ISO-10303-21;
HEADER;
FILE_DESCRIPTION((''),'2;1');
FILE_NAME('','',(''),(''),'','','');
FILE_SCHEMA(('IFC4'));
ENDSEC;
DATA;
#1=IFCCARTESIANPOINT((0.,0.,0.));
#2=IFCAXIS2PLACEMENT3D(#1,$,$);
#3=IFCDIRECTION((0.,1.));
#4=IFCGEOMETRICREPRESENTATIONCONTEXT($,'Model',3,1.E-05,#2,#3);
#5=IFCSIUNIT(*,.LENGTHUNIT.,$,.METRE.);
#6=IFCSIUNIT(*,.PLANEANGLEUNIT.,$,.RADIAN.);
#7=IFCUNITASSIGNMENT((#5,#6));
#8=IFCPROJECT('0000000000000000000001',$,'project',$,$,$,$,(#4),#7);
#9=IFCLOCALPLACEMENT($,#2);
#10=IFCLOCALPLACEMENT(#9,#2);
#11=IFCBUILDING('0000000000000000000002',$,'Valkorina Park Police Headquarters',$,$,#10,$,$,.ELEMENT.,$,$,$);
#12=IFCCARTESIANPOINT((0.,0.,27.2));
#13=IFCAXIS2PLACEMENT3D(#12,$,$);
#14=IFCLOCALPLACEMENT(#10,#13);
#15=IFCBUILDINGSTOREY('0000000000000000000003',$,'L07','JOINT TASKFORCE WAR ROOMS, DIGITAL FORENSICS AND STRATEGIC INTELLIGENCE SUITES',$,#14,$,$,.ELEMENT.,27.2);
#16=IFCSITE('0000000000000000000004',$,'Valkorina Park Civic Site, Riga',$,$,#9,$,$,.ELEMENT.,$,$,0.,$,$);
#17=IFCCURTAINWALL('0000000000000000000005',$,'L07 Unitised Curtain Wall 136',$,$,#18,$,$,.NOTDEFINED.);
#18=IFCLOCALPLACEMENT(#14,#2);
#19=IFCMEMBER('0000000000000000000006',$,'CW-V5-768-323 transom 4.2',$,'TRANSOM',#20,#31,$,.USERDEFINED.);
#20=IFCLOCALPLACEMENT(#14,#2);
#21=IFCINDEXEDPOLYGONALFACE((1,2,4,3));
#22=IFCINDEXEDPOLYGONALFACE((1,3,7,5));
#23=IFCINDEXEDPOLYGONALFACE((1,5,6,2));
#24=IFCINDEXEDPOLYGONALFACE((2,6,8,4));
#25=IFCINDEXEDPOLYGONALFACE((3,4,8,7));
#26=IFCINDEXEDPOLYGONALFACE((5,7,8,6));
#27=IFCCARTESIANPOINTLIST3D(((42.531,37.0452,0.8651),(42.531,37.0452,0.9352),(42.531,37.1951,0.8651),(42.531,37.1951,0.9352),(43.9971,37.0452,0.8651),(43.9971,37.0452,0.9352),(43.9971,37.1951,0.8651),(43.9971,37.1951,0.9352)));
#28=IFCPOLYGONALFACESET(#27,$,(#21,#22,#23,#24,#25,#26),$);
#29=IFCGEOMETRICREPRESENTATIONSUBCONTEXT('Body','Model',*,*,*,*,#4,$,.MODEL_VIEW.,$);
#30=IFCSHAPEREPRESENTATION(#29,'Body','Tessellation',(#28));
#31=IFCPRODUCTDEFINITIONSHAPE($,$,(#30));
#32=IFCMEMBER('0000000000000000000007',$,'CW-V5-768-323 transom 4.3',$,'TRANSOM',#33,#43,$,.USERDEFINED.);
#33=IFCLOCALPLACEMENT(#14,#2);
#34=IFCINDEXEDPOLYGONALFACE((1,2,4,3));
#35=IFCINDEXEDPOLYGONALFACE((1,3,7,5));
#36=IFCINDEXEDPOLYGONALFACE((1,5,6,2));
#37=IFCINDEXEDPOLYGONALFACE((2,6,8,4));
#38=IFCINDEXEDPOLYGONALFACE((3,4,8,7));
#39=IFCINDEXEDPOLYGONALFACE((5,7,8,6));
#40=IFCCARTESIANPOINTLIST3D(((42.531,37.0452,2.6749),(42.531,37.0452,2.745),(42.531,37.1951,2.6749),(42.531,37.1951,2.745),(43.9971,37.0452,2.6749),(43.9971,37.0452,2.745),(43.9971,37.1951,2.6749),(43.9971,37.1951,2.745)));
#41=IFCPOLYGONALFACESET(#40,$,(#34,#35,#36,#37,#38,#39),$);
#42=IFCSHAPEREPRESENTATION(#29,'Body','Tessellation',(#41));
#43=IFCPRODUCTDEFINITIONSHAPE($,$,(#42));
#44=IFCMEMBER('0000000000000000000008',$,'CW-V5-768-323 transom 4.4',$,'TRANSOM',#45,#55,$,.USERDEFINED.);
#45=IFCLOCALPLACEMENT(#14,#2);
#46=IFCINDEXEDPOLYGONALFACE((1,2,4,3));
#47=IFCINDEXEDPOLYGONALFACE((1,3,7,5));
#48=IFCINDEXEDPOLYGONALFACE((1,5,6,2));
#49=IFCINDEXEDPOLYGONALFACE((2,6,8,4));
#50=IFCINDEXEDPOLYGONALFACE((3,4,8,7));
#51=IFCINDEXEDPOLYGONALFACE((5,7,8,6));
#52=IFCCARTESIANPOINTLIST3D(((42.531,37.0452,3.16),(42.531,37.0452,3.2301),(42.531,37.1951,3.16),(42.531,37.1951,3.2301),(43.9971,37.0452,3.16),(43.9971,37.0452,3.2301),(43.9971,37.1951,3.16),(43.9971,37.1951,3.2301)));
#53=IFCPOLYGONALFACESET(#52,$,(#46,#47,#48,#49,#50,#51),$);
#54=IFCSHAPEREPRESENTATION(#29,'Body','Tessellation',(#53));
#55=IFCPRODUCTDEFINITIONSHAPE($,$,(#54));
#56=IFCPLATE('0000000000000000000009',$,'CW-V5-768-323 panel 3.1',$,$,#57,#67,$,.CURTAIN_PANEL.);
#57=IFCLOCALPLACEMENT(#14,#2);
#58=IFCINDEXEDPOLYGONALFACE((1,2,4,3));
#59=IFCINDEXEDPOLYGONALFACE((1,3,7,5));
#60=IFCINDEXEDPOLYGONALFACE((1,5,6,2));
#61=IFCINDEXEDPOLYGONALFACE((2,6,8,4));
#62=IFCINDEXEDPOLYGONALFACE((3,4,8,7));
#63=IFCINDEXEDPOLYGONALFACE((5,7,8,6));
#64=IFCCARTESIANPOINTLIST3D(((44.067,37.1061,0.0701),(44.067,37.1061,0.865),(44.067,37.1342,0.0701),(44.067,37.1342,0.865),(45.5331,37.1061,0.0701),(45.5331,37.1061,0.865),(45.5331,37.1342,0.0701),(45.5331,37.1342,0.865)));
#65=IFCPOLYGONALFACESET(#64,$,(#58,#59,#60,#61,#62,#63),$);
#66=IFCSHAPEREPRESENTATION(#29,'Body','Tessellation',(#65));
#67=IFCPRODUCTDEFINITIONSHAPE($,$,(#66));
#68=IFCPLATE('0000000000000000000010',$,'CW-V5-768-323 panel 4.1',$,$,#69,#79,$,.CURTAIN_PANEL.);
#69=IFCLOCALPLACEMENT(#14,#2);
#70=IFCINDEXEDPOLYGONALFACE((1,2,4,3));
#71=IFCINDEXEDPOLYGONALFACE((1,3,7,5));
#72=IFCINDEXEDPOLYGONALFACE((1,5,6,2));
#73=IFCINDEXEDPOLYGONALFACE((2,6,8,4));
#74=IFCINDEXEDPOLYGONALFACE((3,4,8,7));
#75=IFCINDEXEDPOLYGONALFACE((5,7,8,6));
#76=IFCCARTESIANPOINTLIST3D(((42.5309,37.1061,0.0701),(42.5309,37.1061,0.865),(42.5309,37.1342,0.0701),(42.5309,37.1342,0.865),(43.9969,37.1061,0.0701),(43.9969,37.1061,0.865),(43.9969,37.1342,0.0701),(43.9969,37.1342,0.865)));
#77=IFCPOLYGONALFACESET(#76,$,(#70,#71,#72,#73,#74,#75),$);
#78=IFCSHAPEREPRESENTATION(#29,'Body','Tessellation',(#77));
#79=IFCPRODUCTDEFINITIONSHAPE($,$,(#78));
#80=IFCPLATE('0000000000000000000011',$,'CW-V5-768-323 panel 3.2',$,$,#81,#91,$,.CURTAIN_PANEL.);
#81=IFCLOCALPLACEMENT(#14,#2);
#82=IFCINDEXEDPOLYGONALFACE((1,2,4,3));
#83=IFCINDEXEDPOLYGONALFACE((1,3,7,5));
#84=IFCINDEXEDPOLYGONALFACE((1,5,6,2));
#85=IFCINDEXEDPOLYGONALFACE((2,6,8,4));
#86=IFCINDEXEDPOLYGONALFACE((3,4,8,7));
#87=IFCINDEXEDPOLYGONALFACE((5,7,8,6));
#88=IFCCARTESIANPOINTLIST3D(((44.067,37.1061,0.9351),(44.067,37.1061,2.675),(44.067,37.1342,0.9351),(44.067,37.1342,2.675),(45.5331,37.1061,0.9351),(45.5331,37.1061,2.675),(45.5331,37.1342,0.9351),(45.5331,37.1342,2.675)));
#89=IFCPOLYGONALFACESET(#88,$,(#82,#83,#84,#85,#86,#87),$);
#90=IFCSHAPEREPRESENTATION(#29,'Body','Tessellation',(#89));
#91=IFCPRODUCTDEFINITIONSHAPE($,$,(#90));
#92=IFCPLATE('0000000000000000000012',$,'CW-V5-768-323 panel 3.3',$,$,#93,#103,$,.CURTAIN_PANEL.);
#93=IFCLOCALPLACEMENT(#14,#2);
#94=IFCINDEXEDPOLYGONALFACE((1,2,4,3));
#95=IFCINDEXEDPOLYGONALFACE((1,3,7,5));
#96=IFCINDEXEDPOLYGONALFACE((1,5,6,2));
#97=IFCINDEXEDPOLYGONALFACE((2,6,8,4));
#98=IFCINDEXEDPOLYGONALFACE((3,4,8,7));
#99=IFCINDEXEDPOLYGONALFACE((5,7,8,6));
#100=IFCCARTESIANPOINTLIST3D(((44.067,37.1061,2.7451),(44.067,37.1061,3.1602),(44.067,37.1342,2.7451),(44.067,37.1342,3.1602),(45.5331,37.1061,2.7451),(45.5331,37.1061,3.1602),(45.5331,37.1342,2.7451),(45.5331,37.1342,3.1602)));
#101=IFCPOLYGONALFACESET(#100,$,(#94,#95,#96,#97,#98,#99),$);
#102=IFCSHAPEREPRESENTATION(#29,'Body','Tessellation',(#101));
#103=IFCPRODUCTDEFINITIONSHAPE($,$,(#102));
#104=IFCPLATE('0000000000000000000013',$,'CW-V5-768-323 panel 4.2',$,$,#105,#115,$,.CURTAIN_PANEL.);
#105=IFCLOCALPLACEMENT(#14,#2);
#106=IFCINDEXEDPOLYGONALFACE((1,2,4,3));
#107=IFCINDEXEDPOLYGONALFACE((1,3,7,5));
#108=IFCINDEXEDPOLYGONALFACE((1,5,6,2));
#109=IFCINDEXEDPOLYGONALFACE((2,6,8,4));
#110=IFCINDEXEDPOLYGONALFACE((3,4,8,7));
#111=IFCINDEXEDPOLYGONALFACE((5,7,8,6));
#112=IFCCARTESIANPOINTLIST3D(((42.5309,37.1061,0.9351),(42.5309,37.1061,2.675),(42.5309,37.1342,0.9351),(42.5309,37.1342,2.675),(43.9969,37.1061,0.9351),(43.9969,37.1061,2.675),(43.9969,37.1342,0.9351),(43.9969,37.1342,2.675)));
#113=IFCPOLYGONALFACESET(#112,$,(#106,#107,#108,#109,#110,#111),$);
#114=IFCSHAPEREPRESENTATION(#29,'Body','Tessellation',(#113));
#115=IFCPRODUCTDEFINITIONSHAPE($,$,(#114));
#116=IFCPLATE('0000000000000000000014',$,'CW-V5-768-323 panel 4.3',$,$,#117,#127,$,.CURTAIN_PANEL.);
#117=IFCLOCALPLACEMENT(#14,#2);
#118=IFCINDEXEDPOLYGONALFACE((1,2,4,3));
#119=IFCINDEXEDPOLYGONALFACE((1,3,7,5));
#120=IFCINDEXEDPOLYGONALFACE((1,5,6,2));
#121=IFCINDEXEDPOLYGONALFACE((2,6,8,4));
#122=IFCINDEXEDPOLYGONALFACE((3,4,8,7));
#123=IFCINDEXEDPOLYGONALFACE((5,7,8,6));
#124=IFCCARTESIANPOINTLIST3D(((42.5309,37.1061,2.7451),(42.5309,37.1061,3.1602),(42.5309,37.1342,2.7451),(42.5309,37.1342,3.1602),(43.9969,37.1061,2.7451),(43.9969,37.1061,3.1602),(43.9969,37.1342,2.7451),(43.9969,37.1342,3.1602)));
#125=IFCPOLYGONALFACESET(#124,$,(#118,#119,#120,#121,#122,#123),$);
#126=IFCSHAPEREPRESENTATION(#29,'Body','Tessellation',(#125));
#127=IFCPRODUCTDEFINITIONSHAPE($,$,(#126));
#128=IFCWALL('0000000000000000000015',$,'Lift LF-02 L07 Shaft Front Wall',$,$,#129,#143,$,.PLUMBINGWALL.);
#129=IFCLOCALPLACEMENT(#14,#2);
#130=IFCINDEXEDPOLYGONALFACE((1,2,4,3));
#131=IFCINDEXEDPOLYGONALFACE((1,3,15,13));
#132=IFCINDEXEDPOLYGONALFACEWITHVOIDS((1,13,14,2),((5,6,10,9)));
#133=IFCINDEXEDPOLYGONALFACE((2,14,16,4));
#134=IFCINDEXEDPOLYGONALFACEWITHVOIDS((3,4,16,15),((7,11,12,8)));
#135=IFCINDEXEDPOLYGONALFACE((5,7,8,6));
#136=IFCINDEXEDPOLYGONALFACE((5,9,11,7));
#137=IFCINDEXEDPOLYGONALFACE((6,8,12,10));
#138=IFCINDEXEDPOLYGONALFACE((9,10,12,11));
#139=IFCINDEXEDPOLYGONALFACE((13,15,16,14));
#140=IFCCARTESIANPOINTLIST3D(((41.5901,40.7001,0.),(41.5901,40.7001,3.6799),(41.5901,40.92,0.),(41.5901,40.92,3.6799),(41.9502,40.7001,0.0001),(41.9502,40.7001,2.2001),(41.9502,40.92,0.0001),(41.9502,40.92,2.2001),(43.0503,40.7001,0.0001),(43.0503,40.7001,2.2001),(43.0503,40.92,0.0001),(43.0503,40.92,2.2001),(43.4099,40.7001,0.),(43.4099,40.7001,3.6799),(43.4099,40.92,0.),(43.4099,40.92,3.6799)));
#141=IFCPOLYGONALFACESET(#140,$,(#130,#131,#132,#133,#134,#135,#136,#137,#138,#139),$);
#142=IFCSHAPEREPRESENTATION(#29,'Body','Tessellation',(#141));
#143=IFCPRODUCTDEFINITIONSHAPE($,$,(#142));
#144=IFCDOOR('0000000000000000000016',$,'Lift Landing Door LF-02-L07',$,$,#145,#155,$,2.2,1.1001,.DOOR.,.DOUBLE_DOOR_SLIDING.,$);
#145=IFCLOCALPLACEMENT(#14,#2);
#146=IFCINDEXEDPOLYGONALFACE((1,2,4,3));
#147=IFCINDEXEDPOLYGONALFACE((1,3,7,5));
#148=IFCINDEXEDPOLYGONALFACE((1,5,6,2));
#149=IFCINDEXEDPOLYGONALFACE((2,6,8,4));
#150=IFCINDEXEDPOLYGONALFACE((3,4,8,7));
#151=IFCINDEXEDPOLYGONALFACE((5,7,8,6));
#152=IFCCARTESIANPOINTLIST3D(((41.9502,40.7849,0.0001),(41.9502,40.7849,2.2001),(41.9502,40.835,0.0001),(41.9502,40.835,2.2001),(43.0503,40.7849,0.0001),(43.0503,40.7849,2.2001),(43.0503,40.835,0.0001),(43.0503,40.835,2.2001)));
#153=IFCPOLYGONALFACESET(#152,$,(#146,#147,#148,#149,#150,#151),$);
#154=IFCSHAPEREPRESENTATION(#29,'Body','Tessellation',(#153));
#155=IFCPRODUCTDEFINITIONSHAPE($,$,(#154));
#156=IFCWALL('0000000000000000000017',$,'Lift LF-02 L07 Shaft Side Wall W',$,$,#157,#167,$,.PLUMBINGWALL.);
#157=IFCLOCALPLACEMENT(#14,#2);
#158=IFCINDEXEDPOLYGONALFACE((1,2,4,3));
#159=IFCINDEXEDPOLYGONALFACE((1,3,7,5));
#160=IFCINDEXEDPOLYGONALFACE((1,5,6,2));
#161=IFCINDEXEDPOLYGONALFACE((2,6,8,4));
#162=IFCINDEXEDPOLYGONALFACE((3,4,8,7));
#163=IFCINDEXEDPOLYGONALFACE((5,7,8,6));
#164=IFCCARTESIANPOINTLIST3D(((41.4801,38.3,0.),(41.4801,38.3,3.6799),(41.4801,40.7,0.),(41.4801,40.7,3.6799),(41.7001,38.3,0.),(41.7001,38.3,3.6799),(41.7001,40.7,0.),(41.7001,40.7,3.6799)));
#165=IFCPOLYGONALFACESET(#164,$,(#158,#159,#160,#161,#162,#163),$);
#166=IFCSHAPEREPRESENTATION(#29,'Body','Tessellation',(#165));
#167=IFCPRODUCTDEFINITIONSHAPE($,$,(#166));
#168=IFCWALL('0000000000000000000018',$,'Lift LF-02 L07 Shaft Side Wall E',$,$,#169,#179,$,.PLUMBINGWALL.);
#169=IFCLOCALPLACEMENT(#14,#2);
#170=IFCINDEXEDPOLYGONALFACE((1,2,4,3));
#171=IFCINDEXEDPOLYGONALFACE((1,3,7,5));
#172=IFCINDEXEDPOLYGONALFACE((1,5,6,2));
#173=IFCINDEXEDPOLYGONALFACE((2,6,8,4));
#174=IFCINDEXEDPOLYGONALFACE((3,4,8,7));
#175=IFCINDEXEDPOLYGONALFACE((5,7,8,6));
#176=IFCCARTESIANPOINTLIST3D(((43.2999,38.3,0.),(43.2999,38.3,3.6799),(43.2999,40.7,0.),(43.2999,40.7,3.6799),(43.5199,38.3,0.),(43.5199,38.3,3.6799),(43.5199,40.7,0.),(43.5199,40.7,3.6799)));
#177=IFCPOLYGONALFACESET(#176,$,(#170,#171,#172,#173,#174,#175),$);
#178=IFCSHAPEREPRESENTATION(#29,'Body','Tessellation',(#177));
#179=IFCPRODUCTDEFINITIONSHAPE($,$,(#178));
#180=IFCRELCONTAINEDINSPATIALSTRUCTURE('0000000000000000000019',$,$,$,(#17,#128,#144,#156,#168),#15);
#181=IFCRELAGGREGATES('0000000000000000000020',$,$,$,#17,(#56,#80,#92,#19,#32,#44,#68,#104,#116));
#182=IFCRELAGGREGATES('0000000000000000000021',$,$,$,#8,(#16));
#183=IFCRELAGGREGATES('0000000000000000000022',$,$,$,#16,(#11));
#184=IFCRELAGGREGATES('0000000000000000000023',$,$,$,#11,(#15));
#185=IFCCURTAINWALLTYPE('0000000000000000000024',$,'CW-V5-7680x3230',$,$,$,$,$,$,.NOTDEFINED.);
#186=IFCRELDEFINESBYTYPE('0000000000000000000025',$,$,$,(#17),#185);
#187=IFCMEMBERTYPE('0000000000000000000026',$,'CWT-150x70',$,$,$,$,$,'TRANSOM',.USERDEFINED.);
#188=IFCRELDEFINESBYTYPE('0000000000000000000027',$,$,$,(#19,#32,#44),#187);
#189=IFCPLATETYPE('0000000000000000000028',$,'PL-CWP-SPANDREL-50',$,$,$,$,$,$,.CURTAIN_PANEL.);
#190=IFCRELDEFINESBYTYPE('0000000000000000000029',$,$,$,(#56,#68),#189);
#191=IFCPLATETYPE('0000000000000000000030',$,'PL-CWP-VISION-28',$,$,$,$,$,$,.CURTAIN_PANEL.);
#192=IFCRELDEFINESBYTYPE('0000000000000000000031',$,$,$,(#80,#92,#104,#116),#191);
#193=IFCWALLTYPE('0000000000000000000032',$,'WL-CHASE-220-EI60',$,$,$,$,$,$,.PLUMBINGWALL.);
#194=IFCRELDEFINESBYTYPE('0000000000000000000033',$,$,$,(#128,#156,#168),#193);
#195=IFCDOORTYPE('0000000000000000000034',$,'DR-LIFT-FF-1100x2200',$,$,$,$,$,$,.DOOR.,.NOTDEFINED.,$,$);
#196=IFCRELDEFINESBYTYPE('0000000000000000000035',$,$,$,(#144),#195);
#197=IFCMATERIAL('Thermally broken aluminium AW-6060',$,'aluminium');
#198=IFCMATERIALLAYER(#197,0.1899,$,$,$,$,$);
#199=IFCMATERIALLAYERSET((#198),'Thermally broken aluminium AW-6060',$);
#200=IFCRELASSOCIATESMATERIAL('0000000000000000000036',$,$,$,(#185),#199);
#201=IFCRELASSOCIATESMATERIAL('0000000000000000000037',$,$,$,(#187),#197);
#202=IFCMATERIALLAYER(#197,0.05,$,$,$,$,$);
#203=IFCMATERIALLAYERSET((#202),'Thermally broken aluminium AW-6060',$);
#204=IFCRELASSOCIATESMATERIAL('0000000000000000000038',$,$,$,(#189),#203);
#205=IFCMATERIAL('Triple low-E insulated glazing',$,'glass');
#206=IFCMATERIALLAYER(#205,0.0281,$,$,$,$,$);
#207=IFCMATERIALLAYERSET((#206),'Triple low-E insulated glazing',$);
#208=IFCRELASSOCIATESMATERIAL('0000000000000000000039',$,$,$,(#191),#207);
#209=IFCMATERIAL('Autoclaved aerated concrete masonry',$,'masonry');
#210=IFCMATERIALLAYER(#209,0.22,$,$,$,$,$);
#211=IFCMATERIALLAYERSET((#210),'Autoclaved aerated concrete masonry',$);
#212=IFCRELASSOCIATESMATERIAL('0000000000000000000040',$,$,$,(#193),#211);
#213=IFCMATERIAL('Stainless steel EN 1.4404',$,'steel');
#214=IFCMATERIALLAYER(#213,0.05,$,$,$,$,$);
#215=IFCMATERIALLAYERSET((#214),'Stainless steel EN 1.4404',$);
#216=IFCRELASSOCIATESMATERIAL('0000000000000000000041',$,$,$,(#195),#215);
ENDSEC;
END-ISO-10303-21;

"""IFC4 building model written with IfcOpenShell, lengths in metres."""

from ifc_helpers import new_model, si_unit, direction, frame, frame_2d, origin, origin_2d, place, context, subcontext, project, spatial, rectangle, extrude, material, layer, layer_set, material_profile, profile_set, type_object, element, fill, aggregate, save


model = new_model("IFC4")

# Units and contexts
model_context = context("Model", 3, precision=1e-05, world=origin(), true_north=direction((0.0, 1.0)))
body_context = subcontext(model_context, "Body", "Model", "MODEL_VIEW")
ifc_project = project(units=[si_unit("LENGTHUNIT", "METRE"), si_unit("PLANEANGLEUNIT", "RADIAN")], contexts=[model_context])

# Site, building, storey
site_placement = place(None, origin())
site = spatial("IfcSite", under=ifc_project, at=site_placement, Name="Valkorina Park Civic Site, Riga", CompositionType="ELEMENT", RefElevation=0.0)
building_placement = place(site_placement, origin())
building = spatial("IfcBuilding", under=site, at=building_placement, Name="Valkorina Park Police Headquarters", CompositionType="ELEMENT")
storey_placement = place(building_placement, frame((0.0, 0.0, 27.2)))
storey = spatial("IfcBuildingStorey", under=building, at=storey_placement, Name="L07", Description="JOINT TASKFORCE WAR ROOMS, DIGITAL FORENSICS AND STRATEGIC INTELLIGENCE SUITES", CompositionType="ELEMENT", Elevation=27.2)

# Curtain wall, members, plates
ifc_material_1 = material(Name="Thermally broken aluminium AW-6060", Category="aluminium")
ifc_layer_1 = layer(ifc_material_1, 0.1899)
ifc_layer_set_1 = layer_set([ifc_layer_1], Name="Thermally broken aluminium AW-6060")
curtain_wall_type = type_object("IfcCurtainWallType", Name="CW-V5-7680x3230", PredefinedType="NOTDEFINED", material=ifc_layer_set_1)
curtain_wall_placement = place(storey_placement, origin())
curtain_wall = element("IfcCurtainWall", 1, at=curtain_wall_placement, inside=storey, type_object=curtain_wall_type, Name="L07 Unitised Curtain Wall 136", PredefinedType="NOTDEFINED")
ifc_material_profile_1 = material_profile(ifc_material_1, rectangle(XDim=0.1499, YDim=0.0701, at=origin_2d()), Name="CWT-02 150x70")
ifc_profile_set_1 = profile_set([ifc_material_profile_1], Name="Thermally broken aluminium AW-6060")
member_type_1 = type_object("IfcMemberType", Name="CWT-150x70", ElementType="TRANSOM", PredefinedType="USERDEFINED", material=ifc_profile_set_1)
member_1_placement = place(storey_placement, frame((43.9971, 37.1201, 0.9001), z_axis=(-1.0, 0.0, 0.0), x_axis=(0.0, -1.0, 0.0)))
member_1 = element("IfcMember", 2, at=member_1_placement, type_object=member_type_1, Name="CW-V5-768-323 transom 4.2", ObjectType="TRANSOM", PredefinedType="USERDEFINED", context=body_context, shape_type="SweptSolid", body=[
    extrude(rectangle(XDim=0.1499, YDim=0.0701, at=origin_2d()), origin(), (0.0, 0.0, 1.0), 1.4661),
])
member_2_placement = place(storey_placement, frame((43.9971, 37.1201, 2.71), z_axis=(-1.0, 0.0, 0.0), x_axis=(0.0, -1.0, 0.0)))
member_2 = element("IfcMember", 3, at=member_2_placement, type_object=member_type_1, Name="CW-V5-768-323 transom 4.3", ObjectType="TRANSOM", PredefinedType="USERDEFINED", context=body_context, shape_type="SweptSolid", body=[
    extrude(rectangle(XDim=0.1499, YDim=0.0701, at=origin_2d()), origin(), (0.0, 0.0, 1.0), 1.4661),
])
member_3_placement = place(storey_placement, frame((43.9971, 37.1201, 3.1951), z_axis=(-1.0, 0.0, 0.0), x_axis=(0.0, -1.0, 0.0)))
member_3 = element("IfcMember", 4, at=member_3_placement, type_object=member_type_1, Name="CW-V5-768-323 transom 4.4", ObjectType="TRANSOM", PredefinedType="USERDEFINED", context=body_context, shape_type="SweptSolid", body=[
    extrude(rectangle(XDim=0.1499, YDim=0.0701, at=origin_2d()), origin(), (0.0, 0.0, 1.0), 1.4661),
])
ifc_layer_2 = layer(ifc_material_1, 0.05)
ifc_layer_set_2 = layer_set([ifc_layer_2], Name="Thermally broken aluminium AW-6060")
plate_type_1 = type_object("IfcPlateType", Name="PL-CWP-SPANDREL-50", PredefinedType="CURTAIN_PANEL", material=ifc_layer_set_2)
plate_1_placement = place(storey_placement, frame((44.8, 37.1201, 0.0701), z_axis=(0.0, 0.0, 1.0), x_axis=(-1.0, 0.0, 0.0)))
plate_1 = element("IfcPlate", 5, at=plate_1_placement, type_object=plate_type_1, Name="CW-V5-768-323 panel 3.1", PredefinedType="CURTAIN_PANEL", context=body_context, shape_type="SweptSolid", body=[
    extrude(rectangle(XDim=1.4661, YDim=0.0281, at=origin_2d()), origin(), (0.0, 0.0, 1.0), 0.7949),
])
plate_2_placement = place(storey_placement, frame((43.2639, 37.1201, 0.0701), z_axis=(0.0, 0.0, 1.0), x_axis=(-1.0, 0.0, 0.0)))
plate_2 = element("IfcPlate", 6, at=plate_2_placement, type_object=plate_type_1, Name="CW-V5-768-323 panel 4.1", PredefinedType="CURTAIN_PANEL", context=body_context, shape_type="SweptSolid", body=[
    extrude(rectangle(XDim=1.4661, YDim=0.0281, at=origin_2d()), origin(), (0.0, 0.0, 1.0), 0.7949),
])
ifc_material_2 = material(Name="Triple low-E insulated glazing", Category="glass")
ifc_layer_3 = layer(ifc_material_2, 0.0281)
ifc_layer_set_3 = layer_set([ifc_layer_3], Name="Triple low-E insulated glazing")
plate_type_2 = type_object("IfcPlateType", Name="PL-CWP-VISION-28", PredefinedType="CURTAIN_PANEL", material=ifc_layer_set_3)
plate_3_placement = place(storey_placement, frame((44.8, 37.1201, 0.9351), z_axis=(0.0, 0.0, 1.0), x_axis=(-1.0, 0.0, 0.0)))
plate_3 = element("IfcPlate", 7, at=plate_3_placement, type_object=plate_type_2, Name="CW-V5-768-323 panel 3.2", PredefinedType="CURTAIN_PANEL", context=body_context, shape_type="SweptSolid", body=[
    extrude(rectangle(XDim=1.4661, YDim=0.0281, at=origin_2d()), origin(), (0.0, 0.0, 1.0), 1.74),
])
plate_4_placement = place(storey_placement, frame((44.8, 37.1201, 2.7451), z_axis=(0.0, 0.0, 1.0), x_axis=(-1.0, 0.0, 0.0)))
plate_4 = element("IfcPlate", 8, at=plate_4_placement, type_object=plate_type_2, Name="CW-V5-768-323 panel 3.3", PredefinedType="CURTAIN_PANEL", context=body_context, shape_type="SweptSolid", body=[
    extrude(rectangle(XDim=1.4661, YDim=0.0281, at=origin_2d()), origin(), (0.0, 0.0, 1.0), 0.415),
])
plate_5_placement = place(storey_placement, frame((43.2639, 37.1201, 0.9351), z_axis=(0.0, 0.0, 1.0), x_axis=(-1.0, 0.0, 0.0)))
plate_5 = element("IfcPlate", 9, at=plate_5_placement, type_object=plate_type_2, Name="CW-V5-768-323 panel 4.2", PredefinedType="CURTAIN_PANEL", context=body_context, shape_type="SweptSolid", body=[
    extrude(rectangle(XDim=1.4661, YDim=0.0281, at=origin_2d()), origin(), (0.0, 0.0, 1.0), 1.74),
])
plate_6_placement = place(storey_placement, frame((43.2639, 37.1201, 2.7451), z_axis=(0.0, 0.0, 1.0), x_axis=(-1.0, 0.0, 0.0)))
plate_6 = element("IfcPlate", 10, at=plate_6_placement, type_object=plate_type_2, Name="CW-V5-768-323 panel 4.3", PredefinedType="CURTAIN_PANEL", context=body_context, shape_type="SweptSolid", body=[
    extrude(rectangle(XDim=1.4661, YDim=0.0281, at=origin_2d()), origin(), (0.0, 0.0, 1.0), 0.415),
])
aggregate(curtain_wall, [plate_1, plate_3, plate_4, member_1, member_2, member_3, plate_2, plate_5, plate_6])

# Wall, opening, door
ifc_material_3 = material(Name="Autoclaved aerated concrete masonry", Category="masonry")
ifc_layer_4 = layer(ifc_material_3, 0.22)
ifc_layer_set_4 = layer_set([ifc_layer_4], Name="Autoclaved aerated concrete masonry")
wall_type_1 = type_object("IfcWallType", Name="WL-CHASE-220-EI60", PredefinedType="PLUMBINGWALL", material=ifc_layer_set_4)
wall_1_placement = place(storey_placement, frame((41.5901, 40.8101, 0.0), z_axis=(0.0, 0.0, 1.0), x_axis=(1.0, 0.0, 0.0)))
wall_1 = element("IfcWall", 11, at=wall_1_placement, inside=storey, type_object=wall_type_1, Name="Lift LF-02 L07 Shaft Front Wall", PredefinedType="PLUMBINGWALL", context=body_context, shape_type="SweptSolid", body=[
    extrude(rectangle(XDim=1.8198, YDim=0.22, at=frame_2d((0.9099, 0.0))), origin(), (0.0, 0.0, 1.0), 3.6799),
])
opening_1_placement = place(wall_1_placement, frame((0.3601, 0.0, 0.0)))
opening_1 = element("IfcOpeningElement", 12, at=opening_1_placement, cuts=wall_1, PredefinedType="OPENING", context=body_context, shape_type="SweptSolid", body=[
    extrude(rectangle(XDim=1.1001, YDim=2.2, at=frame_2d((0.55, 1.1001))), frame((0.0, 0.1201, 0.0), z_axis=(0.0, -1.0, 0.0), x_axis=(1.0, 0.0, 0.0)), (0.0, 0.0, 1.0), 0.24),
])
ifc_material_4 = material(Name="Stainless steel EN 1.4404", Category="steel")
ifc_layer_5 = layer(ifc_material_4, 0.05)
ifc_layer_set_5 = layer_set([ifc_layer_5], Name="Stainless steel EN 1.4404")
door_type_1 = type_object("IfcDoorType", Name="DR-LIFT-FF-1100x2200", OperationType="NOTDEFINED", PredefinedType="DOOR", material=ifc_layer_set_5)
door_1_placement = place(opening_1_placement, origin())
door_1 = element("IfcDoor", 13, at=door_1_placement, inside=storey, type_object=door_type_1, Name="Lift Landing Door LF-02-L07", OperationType="DOUBLE_DOOR_SLIDING", OverallHeight=2.2, OverallWidth=1.1001, PredefinedType="DOOR", context=body_context, shape_type="SweptSolid", body=[
    extrude(rectangle(XDim=1.1001, YDim=2.2, at=frame_2d((0.55, 1.1001))), frame((0.0, 0.0249, 0.0), z_axis=(0.0, -1.0, 0.0), x_axis=(1.0, 0.0, 0.0)), (0.0, 0.0, 1.0), 0.05),
])
fill(opening_1, door_1)

# Walls
for number, where, z_axis, x_axis, name in (
    (14, (41.5901, 38.3, 0.0), (0.0, 0.0, 1.0), (0.0, 1.0, 0.0), "Lift LF-02 L07 Shaft Side Wall W"),
    (15, (43.4099, 38.3, 0.0), (0.0, 0.0, 1.0), (0.0, 1.0, 0.0), "Lift LF-02 L07 Shaft Side Wall E"),
):
    element("IfcWall", number, at=place(storey_placement, frame(where, z_axis=z_axis, x_axis=x_axis)), inside=storey, type_object=wall_type_1, Name=name, PredefinedType="PLUMBINGWALL", context=body_context, shape_type="SweptSolid", body=[
        extrude(rectangle(XDim=2.3999, YDim=0.22, at=frame_2d((1.2, 0.0))), origin(), (0.0, 0.0, 1.0), 3.6799),
    ])

save(model, "model.ifc")
